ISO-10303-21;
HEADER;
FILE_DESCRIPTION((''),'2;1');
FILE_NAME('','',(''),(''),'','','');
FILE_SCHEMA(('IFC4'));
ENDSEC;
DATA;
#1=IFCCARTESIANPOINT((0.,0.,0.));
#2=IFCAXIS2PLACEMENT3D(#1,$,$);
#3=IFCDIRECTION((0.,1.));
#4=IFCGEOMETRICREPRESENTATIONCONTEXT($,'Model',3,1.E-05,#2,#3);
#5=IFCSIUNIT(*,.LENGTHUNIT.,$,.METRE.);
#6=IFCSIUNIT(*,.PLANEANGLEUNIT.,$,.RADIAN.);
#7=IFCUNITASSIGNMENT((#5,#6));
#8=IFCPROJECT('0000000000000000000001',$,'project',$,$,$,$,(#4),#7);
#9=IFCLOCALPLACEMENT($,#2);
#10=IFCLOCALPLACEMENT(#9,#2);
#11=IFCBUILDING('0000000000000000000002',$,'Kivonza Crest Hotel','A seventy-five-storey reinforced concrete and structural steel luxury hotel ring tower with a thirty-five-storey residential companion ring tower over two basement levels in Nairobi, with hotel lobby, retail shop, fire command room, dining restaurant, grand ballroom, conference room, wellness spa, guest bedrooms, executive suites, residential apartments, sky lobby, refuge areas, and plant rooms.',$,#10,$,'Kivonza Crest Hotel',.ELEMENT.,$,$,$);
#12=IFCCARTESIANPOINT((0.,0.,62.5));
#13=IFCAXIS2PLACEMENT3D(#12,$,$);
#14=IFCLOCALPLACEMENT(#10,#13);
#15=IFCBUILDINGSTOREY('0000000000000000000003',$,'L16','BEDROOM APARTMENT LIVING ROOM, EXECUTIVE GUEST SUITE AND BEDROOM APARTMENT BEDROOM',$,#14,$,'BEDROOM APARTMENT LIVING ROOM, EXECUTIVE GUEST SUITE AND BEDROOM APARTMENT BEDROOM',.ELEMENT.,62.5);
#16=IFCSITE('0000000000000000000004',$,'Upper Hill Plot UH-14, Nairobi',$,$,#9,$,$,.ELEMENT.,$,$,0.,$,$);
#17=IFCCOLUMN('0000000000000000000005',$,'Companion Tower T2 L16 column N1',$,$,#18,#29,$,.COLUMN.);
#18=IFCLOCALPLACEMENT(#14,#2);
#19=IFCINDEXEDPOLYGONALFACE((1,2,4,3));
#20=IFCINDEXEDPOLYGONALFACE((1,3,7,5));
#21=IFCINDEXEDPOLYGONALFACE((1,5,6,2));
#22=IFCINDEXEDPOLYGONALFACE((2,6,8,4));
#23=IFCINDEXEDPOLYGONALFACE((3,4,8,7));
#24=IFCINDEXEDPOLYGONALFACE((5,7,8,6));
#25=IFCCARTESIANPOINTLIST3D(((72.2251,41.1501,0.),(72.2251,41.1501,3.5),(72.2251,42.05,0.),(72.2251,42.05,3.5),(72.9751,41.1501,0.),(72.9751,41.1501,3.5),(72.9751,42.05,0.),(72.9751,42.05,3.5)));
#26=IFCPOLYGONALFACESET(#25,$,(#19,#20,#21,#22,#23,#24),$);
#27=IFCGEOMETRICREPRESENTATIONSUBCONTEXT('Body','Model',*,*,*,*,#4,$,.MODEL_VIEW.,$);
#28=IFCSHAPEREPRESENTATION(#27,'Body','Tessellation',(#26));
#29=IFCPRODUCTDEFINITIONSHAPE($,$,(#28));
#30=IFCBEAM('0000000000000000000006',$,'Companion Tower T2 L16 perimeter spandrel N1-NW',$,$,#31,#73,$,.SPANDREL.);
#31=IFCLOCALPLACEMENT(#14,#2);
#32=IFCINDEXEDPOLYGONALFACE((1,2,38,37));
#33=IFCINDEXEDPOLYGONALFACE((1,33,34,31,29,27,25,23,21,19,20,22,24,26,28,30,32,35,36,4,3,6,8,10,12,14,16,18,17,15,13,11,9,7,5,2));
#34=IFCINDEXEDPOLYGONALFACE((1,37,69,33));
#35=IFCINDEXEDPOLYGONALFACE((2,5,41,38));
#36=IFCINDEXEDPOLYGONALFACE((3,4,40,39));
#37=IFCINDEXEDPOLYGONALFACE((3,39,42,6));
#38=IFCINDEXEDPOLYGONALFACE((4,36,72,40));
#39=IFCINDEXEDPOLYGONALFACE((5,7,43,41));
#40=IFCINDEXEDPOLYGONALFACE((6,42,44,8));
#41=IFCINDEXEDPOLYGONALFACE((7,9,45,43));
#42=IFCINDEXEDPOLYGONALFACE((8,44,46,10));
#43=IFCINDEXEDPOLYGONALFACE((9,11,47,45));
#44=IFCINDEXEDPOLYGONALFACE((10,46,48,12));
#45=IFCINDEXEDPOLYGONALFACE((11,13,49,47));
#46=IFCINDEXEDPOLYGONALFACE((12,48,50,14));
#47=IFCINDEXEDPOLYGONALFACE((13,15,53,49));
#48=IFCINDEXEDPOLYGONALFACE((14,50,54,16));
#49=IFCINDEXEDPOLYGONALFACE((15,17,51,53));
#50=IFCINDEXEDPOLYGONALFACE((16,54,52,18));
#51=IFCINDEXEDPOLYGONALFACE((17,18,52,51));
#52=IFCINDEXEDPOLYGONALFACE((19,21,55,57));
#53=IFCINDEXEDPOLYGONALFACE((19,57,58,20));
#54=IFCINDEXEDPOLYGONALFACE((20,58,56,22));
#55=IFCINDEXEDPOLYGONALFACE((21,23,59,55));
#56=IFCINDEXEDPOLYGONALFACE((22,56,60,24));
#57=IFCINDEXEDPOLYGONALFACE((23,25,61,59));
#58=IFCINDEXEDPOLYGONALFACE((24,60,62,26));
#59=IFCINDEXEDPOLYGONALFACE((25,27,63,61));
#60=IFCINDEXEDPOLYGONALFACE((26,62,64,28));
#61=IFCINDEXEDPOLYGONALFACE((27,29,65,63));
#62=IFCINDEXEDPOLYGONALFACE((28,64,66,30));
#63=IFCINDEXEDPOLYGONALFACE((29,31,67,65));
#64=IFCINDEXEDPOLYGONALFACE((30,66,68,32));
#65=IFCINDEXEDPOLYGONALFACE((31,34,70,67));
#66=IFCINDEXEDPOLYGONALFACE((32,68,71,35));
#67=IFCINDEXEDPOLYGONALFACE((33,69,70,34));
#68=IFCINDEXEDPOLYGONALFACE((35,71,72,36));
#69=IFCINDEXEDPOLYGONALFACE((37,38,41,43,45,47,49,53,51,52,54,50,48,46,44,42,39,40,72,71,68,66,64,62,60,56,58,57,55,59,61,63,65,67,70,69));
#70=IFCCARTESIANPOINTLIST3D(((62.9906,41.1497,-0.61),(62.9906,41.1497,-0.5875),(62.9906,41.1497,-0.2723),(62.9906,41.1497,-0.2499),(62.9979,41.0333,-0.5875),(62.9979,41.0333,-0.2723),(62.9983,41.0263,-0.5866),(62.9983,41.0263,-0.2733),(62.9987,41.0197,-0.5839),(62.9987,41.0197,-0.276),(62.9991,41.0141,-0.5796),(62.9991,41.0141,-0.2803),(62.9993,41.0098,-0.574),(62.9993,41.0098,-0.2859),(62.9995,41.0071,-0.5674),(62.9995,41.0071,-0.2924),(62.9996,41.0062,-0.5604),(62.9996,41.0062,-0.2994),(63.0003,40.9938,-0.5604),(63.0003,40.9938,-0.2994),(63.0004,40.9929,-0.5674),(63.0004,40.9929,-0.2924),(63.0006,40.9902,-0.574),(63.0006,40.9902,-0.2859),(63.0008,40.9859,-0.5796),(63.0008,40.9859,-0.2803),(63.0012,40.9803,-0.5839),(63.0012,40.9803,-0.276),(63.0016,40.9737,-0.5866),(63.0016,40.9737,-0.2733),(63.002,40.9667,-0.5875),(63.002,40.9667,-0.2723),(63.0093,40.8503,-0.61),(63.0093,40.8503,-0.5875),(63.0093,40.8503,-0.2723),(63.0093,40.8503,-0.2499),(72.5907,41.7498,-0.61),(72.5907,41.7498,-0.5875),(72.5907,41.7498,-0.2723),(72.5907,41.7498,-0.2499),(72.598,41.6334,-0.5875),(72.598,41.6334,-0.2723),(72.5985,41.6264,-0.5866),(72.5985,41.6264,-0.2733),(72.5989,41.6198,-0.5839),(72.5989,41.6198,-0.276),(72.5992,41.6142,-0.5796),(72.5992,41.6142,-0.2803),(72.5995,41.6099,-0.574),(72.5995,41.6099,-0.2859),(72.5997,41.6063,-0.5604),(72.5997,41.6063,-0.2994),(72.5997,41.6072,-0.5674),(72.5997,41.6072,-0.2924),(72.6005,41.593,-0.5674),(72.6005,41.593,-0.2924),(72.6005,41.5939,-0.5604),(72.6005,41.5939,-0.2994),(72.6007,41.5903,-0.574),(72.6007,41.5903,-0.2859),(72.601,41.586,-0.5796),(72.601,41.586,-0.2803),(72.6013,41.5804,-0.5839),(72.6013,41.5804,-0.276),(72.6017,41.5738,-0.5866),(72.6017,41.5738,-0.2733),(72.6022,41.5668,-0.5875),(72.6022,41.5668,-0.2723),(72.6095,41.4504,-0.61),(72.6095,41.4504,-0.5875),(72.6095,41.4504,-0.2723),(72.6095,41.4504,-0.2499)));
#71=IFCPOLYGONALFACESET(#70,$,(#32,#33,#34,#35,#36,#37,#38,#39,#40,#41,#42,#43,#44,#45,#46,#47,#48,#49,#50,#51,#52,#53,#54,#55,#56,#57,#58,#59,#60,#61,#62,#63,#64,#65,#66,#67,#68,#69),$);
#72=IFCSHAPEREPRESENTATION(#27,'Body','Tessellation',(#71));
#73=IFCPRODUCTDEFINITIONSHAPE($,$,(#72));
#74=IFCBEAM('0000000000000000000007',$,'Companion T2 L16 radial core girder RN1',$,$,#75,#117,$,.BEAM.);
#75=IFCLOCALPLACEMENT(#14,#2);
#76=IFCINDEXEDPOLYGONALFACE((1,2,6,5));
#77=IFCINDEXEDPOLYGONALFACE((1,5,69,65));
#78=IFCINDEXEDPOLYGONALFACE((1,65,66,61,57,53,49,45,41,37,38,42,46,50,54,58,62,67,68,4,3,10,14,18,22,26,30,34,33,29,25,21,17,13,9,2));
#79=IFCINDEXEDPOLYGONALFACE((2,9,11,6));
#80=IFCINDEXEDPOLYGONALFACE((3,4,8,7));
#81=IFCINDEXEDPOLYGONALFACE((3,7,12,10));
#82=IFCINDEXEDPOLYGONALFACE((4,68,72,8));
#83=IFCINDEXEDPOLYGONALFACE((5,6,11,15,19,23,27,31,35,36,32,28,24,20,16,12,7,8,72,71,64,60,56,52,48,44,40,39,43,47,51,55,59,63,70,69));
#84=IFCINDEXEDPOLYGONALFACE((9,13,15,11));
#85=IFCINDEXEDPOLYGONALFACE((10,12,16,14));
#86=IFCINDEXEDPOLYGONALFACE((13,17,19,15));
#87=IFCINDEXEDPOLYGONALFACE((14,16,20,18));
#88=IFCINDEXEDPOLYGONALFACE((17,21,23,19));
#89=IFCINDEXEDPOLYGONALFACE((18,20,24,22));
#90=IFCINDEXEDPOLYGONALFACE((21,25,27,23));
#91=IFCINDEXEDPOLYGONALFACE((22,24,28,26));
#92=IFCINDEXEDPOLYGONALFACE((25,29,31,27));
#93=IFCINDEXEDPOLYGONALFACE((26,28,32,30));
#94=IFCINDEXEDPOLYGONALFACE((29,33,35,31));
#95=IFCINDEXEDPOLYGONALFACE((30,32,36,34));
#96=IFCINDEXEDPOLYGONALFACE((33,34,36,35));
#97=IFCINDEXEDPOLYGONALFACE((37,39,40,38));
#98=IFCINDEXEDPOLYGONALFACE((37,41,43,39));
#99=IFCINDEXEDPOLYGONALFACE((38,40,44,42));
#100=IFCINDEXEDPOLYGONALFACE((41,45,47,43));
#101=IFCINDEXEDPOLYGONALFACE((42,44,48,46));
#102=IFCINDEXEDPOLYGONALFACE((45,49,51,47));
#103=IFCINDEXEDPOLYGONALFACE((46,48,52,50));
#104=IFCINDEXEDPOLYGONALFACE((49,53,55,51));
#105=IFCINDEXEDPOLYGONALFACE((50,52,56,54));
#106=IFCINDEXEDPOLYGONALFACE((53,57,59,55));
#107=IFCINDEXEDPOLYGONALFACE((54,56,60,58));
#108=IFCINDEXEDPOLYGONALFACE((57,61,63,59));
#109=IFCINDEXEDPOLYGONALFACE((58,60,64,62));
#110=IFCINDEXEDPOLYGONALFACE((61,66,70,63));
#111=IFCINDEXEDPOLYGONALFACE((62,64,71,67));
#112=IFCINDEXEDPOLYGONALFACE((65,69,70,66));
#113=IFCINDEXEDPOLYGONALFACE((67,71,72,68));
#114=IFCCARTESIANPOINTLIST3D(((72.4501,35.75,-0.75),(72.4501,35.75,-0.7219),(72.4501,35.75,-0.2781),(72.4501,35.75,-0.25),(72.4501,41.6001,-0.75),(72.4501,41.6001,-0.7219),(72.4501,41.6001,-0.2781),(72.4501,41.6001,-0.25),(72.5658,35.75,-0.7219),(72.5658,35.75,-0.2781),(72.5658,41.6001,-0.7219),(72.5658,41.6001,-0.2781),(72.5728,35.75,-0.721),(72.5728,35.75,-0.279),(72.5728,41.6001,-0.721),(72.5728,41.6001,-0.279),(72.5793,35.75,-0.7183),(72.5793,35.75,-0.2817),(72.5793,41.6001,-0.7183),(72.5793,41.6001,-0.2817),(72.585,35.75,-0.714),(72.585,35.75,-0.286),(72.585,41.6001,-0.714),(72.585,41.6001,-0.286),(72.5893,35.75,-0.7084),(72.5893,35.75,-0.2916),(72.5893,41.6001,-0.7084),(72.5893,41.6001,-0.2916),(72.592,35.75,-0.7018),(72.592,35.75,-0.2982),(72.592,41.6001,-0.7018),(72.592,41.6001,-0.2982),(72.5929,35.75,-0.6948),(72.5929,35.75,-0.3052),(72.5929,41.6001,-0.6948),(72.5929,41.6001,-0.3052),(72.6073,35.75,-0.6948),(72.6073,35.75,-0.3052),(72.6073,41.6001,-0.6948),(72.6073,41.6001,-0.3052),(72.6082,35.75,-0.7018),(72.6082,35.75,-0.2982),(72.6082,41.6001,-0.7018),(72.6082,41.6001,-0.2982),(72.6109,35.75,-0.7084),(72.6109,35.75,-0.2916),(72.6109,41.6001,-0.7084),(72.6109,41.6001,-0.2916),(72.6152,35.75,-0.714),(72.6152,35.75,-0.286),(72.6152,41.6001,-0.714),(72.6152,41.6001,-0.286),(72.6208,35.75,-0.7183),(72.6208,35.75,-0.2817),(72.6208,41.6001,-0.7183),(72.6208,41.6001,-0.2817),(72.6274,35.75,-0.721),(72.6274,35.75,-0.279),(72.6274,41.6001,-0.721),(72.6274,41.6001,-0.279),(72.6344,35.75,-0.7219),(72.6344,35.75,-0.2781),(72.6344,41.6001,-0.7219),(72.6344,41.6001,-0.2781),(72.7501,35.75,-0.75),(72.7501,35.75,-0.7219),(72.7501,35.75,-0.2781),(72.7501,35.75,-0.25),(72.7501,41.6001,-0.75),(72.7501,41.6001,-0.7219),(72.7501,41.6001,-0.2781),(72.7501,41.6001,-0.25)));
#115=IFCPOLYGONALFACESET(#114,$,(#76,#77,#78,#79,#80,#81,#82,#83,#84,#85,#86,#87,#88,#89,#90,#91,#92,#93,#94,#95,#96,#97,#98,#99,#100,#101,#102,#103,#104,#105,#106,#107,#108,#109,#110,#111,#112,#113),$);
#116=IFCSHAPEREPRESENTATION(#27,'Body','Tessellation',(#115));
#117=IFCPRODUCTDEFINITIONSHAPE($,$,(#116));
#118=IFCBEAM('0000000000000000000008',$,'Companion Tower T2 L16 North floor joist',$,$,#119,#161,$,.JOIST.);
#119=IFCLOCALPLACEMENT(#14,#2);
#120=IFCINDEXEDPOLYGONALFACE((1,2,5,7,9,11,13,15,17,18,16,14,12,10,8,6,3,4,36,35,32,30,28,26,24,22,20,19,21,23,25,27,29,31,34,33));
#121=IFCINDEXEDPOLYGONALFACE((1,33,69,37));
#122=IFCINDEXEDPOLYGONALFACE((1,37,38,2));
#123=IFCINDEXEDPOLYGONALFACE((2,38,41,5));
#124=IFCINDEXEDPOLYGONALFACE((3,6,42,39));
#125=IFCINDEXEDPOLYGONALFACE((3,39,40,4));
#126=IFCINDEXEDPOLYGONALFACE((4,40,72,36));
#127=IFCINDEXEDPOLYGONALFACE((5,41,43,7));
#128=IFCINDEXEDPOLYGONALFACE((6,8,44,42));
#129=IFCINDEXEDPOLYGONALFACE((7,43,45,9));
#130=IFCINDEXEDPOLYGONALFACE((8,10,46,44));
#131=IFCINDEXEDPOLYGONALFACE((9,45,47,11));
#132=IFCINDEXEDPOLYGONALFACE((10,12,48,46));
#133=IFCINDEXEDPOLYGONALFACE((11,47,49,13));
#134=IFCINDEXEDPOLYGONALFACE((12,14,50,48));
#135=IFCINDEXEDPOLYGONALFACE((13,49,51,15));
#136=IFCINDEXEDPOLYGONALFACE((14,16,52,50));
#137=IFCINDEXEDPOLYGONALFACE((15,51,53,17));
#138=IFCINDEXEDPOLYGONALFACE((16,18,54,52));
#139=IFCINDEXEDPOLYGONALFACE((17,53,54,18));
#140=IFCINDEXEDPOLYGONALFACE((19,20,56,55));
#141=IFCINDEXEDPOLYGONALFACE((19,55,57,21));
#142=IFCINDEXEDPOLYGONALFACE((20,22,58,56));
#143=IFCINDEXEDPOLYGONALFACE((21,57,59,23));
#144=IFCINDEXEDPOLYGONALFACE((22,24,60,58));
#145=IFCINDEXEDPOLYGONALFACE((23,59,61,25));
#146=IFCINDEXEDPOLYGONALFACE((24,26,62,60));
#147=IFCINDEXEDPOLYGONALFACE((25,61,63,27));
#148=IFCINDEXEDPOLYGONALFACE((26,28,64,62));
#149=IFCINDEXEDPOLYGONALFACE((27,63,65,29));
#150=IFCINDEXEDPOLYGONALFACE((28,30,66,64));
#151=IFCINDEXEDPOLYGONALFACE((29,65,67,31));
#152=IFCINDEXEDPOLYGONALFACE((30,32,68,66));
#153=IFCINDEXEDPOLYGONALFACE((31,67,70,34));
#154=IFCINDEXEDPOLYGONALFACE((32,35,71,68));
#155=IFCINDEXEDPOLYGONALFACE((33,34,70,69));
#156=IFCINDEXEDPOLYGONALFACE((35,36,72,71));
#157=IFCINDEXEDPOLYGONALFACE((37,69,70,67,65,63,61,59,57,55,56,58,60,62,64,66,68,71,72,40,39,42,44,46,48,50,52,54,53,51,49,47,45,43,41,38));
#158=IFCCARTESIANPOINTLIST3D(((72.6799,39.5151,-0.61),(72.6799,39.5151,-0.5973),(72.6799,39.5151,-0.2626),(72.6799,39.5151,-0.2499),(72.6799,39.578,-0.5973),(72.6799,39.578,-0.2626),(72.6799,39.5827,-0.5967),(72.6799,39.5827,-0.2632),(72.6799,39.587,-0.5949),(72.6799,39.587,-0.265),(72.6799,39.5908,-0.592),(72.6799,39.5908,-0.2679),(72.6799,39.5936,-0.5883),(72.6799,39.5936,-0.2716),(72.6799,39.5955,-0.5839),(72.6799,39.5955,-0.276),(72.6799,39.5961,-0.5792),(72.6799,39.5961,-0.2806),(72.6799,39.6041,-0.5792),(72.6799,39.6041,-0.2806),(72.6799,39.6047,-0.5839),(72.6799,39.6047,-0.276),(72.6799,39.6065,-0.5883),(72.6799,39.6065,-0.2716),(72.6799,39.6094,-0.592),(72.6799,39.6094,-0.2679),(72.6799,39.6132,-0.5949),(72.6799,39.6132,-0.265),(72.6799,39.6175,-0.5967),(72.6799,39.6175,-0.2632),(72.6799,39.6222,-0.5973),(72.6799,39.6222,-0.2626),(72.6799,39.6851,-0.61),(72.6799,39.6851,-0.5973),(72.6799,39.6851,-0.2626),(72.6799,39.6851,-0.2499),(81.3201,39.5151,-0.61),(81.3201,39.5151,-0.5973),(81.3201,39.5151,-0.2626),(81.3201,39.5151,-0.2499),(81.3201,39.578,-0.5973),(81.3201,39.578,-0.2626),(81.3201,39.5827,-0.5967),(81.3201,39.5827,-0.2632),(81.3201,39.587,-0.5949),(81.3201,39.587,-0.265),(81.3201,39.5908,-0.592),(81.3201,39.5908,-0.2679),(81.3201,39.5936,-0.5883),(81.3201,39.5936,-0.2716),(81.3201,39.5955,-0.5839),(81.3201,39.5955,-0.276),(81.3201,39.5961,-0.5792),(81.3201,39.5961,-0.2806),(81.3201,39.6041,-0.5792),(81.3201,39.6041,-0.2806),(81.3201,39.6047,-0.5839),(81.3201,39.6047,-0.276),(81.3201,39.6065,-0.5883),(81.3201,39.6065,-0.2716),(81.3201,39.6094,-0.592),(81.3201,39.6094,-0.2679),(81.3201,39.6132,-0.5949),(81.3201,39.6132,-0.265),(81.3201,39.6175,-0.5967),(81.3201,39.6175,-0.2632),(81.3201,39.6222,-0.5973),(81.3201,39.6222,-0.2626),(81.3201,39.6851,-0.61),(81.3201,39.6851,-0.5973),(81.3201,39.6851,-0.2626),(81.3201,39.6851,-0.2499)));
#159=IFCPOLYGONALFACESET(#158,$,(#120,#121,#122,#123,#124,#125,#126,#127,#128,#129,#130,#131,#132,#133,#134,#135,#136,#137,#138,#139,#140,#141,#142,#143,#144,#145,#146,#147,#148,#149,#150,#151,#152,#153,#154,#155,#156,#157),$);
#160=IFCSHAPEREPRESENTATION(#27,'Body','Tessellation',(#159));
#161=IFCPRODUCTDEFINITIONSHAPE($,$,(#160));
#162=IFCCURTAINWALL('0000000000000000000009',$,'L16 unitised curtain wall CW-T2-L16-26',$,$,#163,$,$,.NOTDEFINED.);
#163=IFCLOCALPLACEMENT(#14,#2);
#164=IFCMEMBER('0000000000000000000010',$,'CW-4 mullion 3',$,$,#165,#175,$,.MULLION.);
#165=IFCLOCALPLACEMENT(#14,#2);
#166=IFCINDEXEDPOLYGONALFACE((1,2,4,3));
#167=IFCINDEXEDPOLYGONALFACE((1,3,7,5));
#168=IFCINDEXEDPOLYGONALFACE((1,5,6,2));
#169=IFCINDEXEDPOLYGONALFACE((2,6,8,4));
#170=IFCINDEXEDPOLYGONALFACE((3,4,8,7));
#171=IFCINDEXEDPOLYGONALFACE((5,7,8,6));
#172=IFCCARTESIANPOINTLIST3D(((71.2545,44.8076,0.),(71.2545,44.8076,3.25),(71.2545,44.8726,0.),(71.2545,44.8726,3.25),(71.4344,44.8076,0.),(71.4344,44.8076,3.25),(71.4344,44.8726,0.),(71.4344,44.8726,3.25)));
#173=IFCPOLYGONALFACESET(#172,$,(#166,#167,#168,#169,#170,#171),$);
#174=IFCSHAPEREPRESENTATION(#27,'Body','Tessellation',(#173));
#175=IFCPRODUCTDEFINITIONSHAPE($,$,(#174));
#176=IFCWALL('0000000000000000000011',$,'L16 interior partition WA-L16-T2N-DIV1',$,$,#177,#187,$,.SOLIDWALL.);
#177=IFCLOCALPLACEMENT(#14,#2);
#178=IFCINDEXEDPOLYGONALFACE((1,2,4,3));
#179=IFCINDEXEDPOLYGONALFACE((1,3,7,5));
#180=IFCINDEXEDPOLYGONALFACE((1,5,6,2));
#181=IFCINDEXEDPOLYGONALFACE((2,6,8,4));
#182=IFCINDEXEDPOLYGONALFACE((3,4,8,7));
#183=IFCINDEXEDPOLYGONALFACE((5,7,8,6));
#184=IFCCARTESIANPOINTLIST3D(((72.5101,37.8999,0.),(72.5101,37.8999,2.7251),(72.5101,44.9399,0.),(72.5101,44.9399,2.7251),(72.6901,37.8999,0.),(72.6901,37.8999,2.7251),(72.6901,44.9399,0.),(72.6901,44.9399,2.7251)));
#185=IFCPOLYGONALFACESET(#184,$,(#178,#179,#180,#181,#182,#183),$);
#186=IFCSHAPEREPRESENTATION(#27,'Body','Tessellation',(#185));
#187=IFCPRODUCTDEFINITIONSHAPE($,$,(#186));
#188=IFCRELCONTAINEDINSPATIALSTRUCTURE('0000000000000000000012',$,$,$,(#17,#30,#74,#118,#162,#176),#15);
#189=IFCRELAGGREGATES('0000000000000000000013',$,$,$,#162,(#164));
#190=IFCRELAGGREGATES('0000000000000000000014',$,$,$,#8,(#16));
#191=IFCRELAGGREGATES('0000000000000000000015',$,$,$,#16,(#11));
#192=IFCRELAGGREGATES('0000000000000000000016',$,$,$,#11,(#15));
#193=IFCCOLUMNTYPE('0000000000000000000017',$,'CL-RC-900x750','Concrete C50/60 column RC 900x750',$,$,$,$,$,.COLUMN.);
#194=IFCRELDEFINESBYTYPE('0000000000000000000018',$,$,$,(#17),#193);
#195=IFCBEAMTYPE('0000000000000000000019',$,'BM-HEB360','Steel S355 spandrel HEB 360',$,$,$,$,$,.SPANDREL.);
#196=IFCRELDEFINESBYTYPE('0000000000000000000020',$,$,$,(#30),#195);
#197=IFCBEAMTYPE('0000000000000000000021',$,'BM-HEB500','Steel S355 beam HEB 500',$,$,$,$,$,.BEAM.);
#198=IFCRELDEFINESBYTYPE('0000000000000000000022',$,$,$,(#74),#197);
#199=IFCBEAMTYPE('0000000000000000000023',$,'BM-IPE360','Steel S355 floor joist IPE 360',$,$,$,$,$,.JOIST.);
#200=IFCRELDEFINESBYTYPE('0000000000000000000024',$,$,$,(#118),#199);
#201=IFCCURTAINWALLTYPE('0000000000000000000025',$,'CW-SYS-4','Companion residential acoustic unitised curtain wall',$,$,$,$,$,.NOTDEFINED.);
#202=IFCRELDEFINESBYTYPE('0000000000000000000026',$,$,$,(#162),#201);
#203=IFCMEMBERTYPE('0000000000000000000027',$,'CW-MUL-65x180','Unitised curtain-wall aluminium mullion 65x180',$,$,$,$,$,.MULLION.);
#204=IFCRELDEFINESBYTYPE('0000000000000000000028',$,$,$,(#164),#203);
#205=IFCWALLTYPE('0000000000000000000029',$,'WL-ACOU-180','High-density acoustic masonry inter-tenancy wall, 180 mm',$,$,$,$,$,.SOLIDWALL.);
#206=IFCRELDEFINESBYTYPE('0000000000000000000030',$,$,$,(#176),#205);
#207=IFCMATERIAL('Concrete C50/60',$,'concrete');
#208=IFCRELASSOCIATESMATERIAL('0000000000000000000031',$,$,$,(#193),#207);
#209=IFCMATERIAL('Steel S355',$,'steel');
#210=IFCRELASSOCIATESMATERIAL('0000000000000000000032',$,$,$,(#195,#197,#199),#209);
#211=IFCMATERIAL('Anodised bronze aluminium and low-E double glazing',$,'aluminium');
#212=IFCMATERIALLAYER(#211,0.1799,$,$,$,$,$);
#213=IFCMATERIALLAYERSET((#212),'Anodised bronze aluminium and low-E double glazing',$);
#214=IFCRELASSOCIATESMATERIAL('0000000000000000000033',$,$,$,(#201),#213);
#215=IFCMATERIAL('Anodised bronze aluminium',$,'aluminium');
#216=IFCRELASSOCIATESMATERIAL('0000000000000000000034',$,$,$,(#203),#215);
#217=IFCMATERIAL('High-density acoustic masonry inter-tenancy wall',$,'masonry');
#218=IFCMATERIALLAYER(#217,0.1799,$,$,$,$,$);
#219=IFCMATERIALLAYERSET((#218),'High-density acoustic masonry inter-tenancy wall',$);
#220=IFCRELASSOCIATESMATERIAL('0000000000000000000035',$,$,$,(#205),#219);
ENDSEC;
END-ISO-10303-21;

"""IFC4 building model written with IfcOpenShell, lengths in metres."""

from ifc_helpers import new_model, si_unit, direction, frame, frame_2d, origin, origin_2d, place, context, subcontext, project, spatial, rectangle, i_section, extrude, material, layer, layer_set, material_profile, profile_set, type_object, element, aggregate, save


model = new_model("IFC4")

# Units and contexts
model_context = context("Model", 3, precision=1e-05, world=origin(), true_north=direction((0.0, 1.0)))
body_context = subcontext(model_context, "Body", "Model", "MODEL_VIEW")
ifc_project = project(units=[si_unit("LENGTHUNIT", "METRE"), si_unit("PLANEANGLEUNIT", "RADIAN")], contexts=[model_context])

# Site, building, storey
site_placement = place(None, origin())
site = spatial("IfcSite", under=ifc_project, at=site_placement, Name="Upper Hill Plot UH-14, Nairobi", CompositionType="ELEMENT", RefElevation=0.0)
building_placement = place(site_placement, origin())
building = spatial("IfcBuilding", under=site, at=building_placement, Name="Kivonza Crest Hotel", Description="A seventy-five-storey reinforced concrete and structural steel luxury hotel ring tower with a thirty-five-storey residential companion ring tower over two basement levels in Nairobi, with hotel lobby, retail shop, fire command room, dining restaurant, grand ballroom, conference room, wellness spa, guest bedrooms, executive suites, residential apartments, sky lobby, refuge areas, and plant rooms.", LongName="Kivonza Crest Hotel", CompositionType="ELEMENT")
storey_placement = place(building_placement, frame((0.0, 0.0, 62.5)))
storey = spatial("IfcBuildingStorey", under=building, at=storey_placement, Name="L16", Description="BEDROOM APARTMENT LIVING ROOM, EXECUTIVE GUEST SUITE AND BEDROOM APARTMENT BEDROOM", LongName="BEDROOM APARTMENT LIVING ROOM, EXECUTIVE GUEST SUITE AND BEDROOM APARTMENT BEDROOM", CompositionType="ELEMENT", Elevation=62.5)

# Column
ifc_material_1 = material(Name="Concrete C50/60", Category="concrete")
ifc_material_profile_1 = material_profile(ifc_material_1, rectangle(XDim=0.75, YDim=0.8999, at=origin_2d()), Name="RC 900x750")
ifc_profile_set_1 = profile_set([ifc_material_profile_1], Name="Concrete C50/60")
column_type = type_object("IfcColumnType", Name="CL-RC-900x750", Description="Concrete C50/60 column RC 900x750", PredefinedType="COLUMN", material=ifc_profile_set_1)
column_placement = place(storey_placement, frame((72.6001, 41.6001, 0.0), z_axis=(0.0, 0.0, 1.0), x_axis=(1.0, 0.0, 0.0)))
element("IfcColumn", 1, at=column_placement, inside=storey, type_object=column_type, Name="Companion Tower T2 L16 column N1", PredefinedType="COLUMN", context=body_context, shape_type="SweptSolid", body=[
    extrude(rectangle(XDim=0.75, YDim=0.8999, at=origin_2d()), origin(), (0.0, 0.0, 1.0), 3.5),
])

# Beams
ifc_material_2 = material(Name="Steel S355", Category="steel")
ifc_material_profile_2 = material_profile(ifc_material_2, i_section(OverallWidth=0.3, OverallDepth=0.3601, WebThickness=0.0125, FlangeThickness=0.0225, FilletRadius=0.0271, at=origin_2d()), Name="HEB 360")
ifc_profile_set_2 = profile_set([ifc_material_profile_2], Name="Steel S355")
beam_type_1 = type_object("IfcBeamType", Name="BM-HEB360", Description="Steel S355 spandrel HEB 360", PredefinedType="SPANDREL", material=ifc_profile_set_2)
beam_1_placement = place(storey_placement, frame((72.6001, 41.6001, -0.4299), z_axis=(-0.998052, -0.062388, 0.0), x_axis=(0.062388, -0.998052, 0.0)))
element("IfcBeam", 2, at=beam_1_placement, inside=storey, type_object=beam_type_1, Name="Companion Tower T2 L16 perimeter spandrel N1-NW", PredefinedType="SPANDREL", context=body_context, shape_type="SweptSolid", body=[
    extrude(i_section(OverallWidth=0.3, OverallDepth=0.3601, WebThickness=0.0125, FlangeThickness=0.0225, FilletRadius=0.0271, at=origin_2d()), origin(), (0.0, 0.0, 1.0), 9.6189),
])
ifc_material_profile_3 = material_profile(ifc_material_2, i_section(OverallWidth=0.3, OverallDepth=0.5, WebThickness=0.0144, FlangeThickness=0.0281, FilletRadius=0.0271, at=origin_2d()), Name="HEB 500")
ifc_profile_set_3 = profile_set([ifc_material_profile_3], Name="Steel S355")
beam_type_2 = type_object("IfcBeamType", Name="BM-HEB500", Description="Steel S355 beam HEB 500", PredefinedType="BEAM", material=ifc_profile_set_3)
beam_2_placement = place(storey_placement, frame((72.6001, 41.6001, -0.5), z_axis=(0.0, -1.0, 0.0), x_axis=(1.0, 0.0, 0.0)))
element("IfcBeam", 3, at=beam_2_placement, inside=storey, type_object=beam_type_2, Name="Companion T2 L16 radial core girder RN1", PredefinedType="BEAM", context=body_context, shape_type="SweptSolid", body=[
    extrude(i_section(OverallWidth=0.3, OverallDepth=0.5, WebThickness=0.0144, FlangeThickness=0.0281, FilletRadius=0.0271, at=origin_2d()), origin(), (0.0, 0.0, 1.0), 5.8501),
])
ifc_material_profile_4 = material_profile(ifc_material_2, i_section(OverallWidth=0.1699, OverallDepth=0.3601, WebThickness=0.0081, FlangeThickness=0.0127, FilletRadius=0.0181, at=origin_2d()), Name="IPE 360")
ifc_profile_set_4 = profile_set([ifc_material_profile_4], Name="Steel S355")
beam_type_3 = type_object("IfcBeamType", Name="BM-IPE360", Description="Steel S355 floor joist IPE 360", PredefinedType="JOIST", material=ifc_profile_set_4)
beam_3_placement = place(storey_placement, frame((72.6799, 39.6001, -0.4299), z_axis=(1.0, 0.0, 0.0), x_axis=(0.0, 1.0, 0.0)))
element("IfcBeam", 4, at=beam_3_placement, inside=storey, type_object=beam_type_3, Name="Companion Tower T2 L16 North floor joist", PredefinedType="JOIST", context=body_context, shape_type="SweptSolid", body=[
    extrude(i_section(OverallWidth=0.1699, OverallDepth=0.3601, WebThickness=0.0081, FlangeThickness=0.0127, FilletRadius=0.0181, at=origin_2d()), origin(), (0.0, 0.0, 1.0), 8.6401),
])

# Curtain wall, member
ifc_material_3 = material(Name="Anodised bronze aluminium and low-E double glazing", Category="aluminium")
ifc_layer_1 = layer(ifc_material_3, 0.1799)
ifc_layer_set_1 = layer_set([ifc_layer_1], Name="Anodised bronze aluminium and low-E double glazing")
curtain_wall_type = type_object("IfcCurtainWallType", Name="CW-SYS-4", Description="Companion residential acoustic unitised curtain wall", PredefinedType="NOTDEFINED", material=ifc_layer_set_1)
curtain_wall_placement = place(storey_placement, origin())
curtain_wall = element("IfcCurtainWall", 5, at=curtain_wall_placement, inside=storey, type_object=curtain_wall_type, Name="L16 unitised curtain wall CW-T2-L16-26", PredefinedType="NOTDEFINED")
ifc_material_4 = material(Name="Anodised bronze aluminium", Category="aluminium")
ifc_material_profile_5 = material_profile(ifc_material_4, rectangle(XDim=0.0649, YDim=0.1799, at=origin_2d()), Name="CW-M 65x180")
ifc_profile_set_5 = profile_set([ifc_material_profile_5], Name="Anodised bronze aluminium")
member_type = type_object("IfcMemberType", Name="CW-MUL-65x180", Description="Unitised curtain-wall aluminium mullion 65x180", PredefinedType="MULLION", material=ifc_profile_set_5)
member_placement = place(storey_placement, frame((71.3445, 44.8401, 0.0), z_axis=(0.0, 0.0, 1.0), x_axis=(0.0, -1.0, 0.0)))
member = element("IfcMember", 6, at=member_placement, type_object=member_type, Name="CW-4 mullion 3", PredefinedType="MULLION", context=body_context, shape_type="SweptSolid", body=[
    extrude(rectangle(XDim=0.0649, YDim=0.1799, at=origin_2d()), origin(), (0.0, 0.0, 1.0), 3.25),
])
aggregate(curtain_wall, [member])

# Wall
ifc_material_5 = material(Name="High-density acoustic masonry inter-tenancy wall", Category="masonry")
ifc_layer_2 = layer(ifc_material_5, 0.1799)
ifc_layer_set_2 = layer_set([ifc_layer_2], Name="High-density acoustic masonry inter-tenancy wall")
wall_type_1 = type_object("IfcWallType", Name="WL-ACOU-180", Description="High-density acoustic masonry inter-tenancy wall, 180 mm", PredefinedType="SOLIDWALL", material=ifc_layer_set_2)
wall_1_placement = place(storey_placement, frame((72.6001, 37.8999, 0.0), z_axis=(0.0, 0.0, 1.0), x_axis=(0.0, 1.0, 0.0)))
element("IfcWall", 7, at=wall_1_placement, inside=storey, type_object=wall_type_1, Name="L16 interior partition WA-L16-T2N-DIV1", PredefinedType="SOLIDWALL", context=body_context, shape_type="SweptSolid", body=[
    extrude(rectangle(XDim=7.04, YDim=0.1799, at=frame_2d((3.52, 0.0))), origin(), (0.0, 0.0, 1.0), 2.7251),
])

save(model, "model.ifc")
